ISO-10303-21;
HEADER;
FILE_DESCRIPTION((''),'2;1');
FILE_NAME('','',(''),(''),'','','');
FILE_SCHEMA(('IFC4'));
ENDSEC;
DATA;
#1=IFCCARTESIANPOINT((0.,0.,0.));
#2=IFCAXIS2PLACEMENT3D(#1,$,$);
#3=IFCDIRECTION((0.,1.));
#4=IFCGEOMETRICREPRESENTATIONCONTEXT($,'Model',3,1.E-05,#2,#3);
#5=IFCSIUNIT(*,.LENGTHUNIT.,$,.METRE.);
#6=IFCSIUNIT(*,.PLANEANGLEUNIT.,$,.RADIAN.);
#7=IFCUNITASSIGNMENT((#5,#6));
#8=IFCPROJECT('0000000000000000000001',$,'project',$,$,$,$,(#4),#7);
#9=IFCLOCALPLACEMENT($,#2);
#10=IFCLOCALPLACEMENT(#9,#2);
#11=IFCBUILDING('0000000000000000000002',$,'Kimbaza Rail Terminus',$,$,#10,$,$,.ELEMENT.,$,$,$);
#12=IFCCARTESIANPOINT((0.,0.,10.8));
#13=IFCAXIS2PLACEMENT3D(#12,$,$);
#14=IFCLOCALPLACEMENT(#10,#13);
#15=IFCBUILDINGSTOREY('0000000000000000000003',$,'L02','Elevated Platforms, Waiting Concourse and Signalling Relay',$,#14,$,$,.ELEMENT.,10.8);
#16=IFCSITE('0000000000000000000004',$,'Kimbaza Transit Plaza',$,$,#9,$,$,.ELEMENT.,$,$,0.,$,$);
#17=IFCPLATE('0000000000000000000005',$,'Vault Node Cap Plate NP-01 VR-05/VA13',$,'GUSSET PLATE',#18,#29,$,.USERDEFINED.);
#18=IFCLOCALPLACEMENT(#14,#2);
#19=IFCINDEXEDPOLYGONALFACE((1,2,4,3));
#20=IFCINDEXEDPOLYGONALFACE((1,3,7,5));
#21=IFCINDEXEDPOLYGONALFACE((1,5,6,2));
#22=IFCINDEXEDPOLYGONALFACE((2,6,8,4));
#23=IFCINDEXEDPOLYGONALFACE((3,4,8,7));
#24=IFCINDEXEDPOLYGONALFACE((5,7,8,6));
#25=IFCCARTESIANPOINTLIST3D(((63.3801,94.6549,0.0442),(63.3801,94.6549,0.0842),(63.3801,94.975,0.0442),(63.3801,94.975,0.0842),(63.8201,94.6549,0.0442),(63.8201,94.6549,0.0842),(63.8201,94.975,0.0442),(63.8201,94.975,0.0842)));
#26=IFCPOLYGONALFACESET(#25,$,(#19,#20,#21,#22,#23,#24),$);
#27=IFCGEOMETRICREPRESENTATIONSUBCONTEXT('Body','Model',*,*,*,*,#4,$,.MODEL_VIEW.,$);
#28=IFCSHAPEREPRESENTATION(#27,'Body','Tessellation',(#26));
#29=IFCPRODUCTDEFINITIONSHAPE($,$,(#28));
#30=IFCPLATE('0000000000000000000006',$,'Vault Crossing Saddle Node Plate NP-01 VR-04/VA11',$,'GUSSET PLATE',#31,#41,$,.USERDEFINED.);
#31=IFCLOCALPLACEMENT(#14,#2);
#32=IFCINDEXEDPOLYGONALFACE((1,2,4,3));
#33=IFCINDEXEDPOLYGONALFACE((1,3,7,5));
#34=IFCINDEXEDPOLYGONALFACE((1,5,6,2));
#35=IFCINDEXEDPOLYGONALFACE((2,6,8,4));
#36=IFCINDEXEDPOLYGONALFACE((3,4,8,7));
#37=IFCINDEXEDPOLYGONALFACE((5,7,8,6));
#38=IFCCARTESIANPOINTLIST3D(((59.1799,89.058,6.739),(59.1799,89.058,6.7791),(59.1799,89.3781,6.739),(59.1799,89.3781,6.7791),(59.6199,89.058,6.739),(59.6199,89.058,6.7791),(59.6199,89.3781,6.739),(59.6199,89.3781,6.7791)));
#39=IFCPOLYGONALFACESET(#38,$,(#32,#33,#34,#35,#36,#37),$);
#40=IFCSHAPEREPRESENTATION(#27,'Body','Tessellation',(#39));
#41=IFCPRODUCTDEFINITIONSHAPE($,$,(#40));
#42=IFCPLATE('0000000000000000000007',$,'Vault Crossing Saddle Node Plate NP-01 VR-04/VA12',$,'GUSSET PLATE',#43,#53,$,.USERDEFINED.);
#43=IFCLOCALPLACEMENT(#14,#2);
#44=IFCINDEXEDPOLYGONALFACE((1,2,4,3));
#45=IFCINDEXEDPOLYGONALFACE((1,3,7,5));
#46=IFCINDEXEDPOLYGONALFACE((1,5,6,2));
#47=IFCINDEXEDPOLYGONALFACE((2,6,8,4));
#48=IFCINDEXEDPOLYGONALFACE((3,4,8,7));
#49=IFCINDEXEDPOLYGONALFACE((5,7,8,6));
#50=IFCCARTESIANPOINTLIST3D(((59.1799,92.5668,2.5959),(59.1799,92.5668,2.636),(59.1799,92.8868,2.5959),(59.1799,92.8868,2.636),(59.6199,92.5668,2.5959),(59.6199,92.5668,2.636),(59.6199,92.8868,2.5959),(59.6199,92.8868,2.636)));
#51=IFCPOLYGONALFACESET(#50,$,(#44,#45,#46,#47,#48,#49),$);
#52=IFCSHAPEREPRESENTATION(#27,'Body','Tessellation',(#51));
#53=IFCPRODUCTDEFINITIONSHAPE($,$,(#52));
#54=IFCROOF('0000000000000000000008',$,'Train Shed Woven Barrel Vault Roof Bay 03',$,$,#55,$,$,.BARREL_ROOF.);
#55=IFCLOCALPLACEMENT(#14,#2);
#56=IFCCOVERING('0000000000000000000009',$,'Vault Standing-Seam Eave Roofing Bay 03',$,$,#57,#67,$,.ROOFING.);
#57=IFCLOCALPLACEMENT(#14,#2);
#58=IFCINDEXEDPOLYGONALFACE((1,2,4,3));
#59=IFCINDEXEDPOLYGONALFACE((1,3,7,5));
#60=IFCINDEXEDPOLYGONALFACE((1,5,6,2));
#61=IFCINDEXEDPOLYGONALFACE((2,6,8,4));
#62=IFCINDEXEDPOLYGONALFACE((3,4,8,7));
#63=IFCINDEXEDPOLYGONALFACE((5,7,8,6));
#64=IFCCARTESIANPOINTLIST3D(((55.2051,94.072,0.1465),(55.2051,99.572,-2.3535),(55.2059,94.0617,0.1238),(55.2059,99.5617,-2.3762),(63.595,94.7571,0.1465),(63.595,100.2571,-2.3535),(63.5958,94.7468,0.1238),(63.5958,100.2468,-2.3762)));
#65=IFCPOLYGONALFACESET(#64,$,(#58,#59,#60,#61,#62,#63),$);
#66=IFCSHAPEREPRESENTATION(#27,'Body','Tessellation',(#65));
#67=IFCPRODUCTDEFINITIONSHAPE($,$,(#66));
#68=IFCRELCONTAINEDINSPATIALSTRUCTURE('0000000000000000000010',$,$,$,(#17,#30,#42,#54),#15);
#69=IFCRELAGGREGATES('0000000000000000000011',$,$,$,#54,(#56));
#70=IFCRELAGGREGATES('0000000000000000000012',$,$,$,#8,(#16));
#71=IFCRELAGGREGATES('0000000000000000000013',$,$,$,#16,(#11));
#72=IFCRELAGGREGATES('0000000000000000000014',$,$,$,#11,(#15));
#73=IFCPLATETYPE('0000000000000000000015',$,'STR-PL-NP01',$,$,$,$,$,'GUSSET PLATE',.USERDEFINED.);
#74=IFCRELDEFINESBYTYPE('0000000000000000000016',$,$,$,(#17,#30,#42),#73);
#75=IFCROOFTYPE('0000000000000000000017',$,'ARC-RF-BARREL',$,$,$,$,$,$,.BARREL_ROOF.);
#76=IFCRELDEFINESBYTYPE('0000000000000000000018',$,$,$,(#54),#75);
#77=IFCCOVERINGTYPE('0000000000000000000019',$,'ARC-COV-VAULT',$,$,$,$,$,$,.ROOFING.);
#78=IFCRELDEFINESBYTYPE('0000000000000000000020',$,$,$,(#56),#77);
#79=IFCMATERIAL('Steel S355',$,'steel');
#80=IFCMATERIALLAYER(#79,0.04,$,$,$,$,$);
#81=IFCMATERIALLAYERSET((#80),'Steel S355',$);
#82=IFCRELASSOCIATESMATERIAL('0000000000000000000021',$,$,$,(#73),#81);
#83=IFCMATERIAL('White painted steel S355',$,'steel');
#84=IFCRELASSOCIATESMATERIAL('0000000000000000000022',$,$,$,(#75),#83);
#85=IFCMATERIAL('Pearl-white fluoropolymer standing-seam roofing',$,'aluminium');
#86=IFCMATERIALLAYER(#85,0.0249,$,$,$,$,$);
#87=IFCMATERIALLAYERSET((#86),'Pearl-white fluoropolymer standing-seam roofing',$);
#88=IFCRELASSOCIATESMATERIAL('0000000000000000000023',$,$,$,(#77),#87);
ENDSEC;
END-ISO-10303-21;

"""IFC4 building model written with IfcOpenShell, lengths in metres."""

from ifc_helpers import new_model, si_unit, direction, frame, origin, origin_2d, place, context, subcontext, project, spatial, polyline, rectangle, outline, extrude, material, layer, layer_set, type_object, element, aggregate, save


model = new_model("IFC4")

# Units and contexts
model_context = context("Model", 3, precision=1e-05, world=origin(), true_north=direction((0.0, 1.0)))
body_context = subcontext(model_context, "Body", "Model", "MODEL_VIEW")
ifc_project = project(units=[si_unit("LENGTHUNIT", "METRE"), si_unit("PLANEANGLEUNIT", "RADIAN")], contexts=[model_context])

# Site, building, storey
site_placement = place(None, origin())
site = spatial("IfcSite", under=ifc_project, at=site_placement, Name="Kimbaza Transit Plaza", CompositionType="ELEMENT", RefElevation=0.0)
building_placement = place(site_placement, origin())
building = spatial("IfcBuilding", under=site, at=building_placement, Name="Kimbaza Rail Terminus", CompositionType="ELEMENT")
storey_placement = place(building_placement, frame((0.0, 0.0, 10.8)))
storey = spatial("IfcBuildingStorey", under=building, at=storey_placement, Name="L02", Description="Elevated Platforms, Waiting Concourse and Signalling Relay", CompositionType="ELEMENT", Elevation=10.8)

# Plates
ifc_material_1 = material(Name="Steel S355", Category="steel")
ifc_layer_1 = layer(ifc_material_1, 0.04)
ifc_layer_set_1 = layer_set([ifc_layer_1], Name="Steel S355")
plate_type_1 = type_object("IfcPlateType", Name="STR-PL-NP01", ElementType="GUSSET PLATE", PredefinedType="USERDEFINED", material=ifc_layer_set_1)
for number, where, z_axis, x_axis, name in (
    (1, (63.6001, 94.8149, 0.0442), (0.0, 0.0, 1.0), (1.0, 0.0, 0.0), "Vault Node Cap Plate NP-01 VR-05/VA13"),
    (2, (59.3999, 89.218, 6.739), (0.0, 0.0, 1.0), (1.0, 0.0, 0.0), "Vault Crossing Saddle Node Plate NP-01 VR-04/VA11"),
    (3, (59.3999, 92.7268, 2.5959), (0.0, 0.0, 1.0), (1.0, 0.0, 0.0), "Vault Crossing Saddle Node Plate NP-01 VR-04/VA12"),
):
    element("IfcPlate", number, at=place(storey_placement, frame(where, z_axis=z_axis, x_axis=x_axis)), inside=storey, type_object=plate_type_1, Name=name, ObjectType="GUSSET PLATE", PredefinedType="USERDEFINED", context=body_context, shape_type="SweptSolid", body=[
        extrude(rectangle(XDim=0.4399, YDim=0.3201, at=origin_2d()), origin(), (0.0, 0.0, 1.0), 0.04),
    ])

# Roof, covering
ifc_material_2 = material(Name="White painted steel S355", Category="steel")
roof_type = type_object("IfcRoofType", Name="ARC-RF-BARREL", PredefinedType="BARREL_ROOF", material=ifc_material_2)
roof_placement = place(storey_placement, origin())
roof = element("IfcRoof", 4, at=roof_placement, inside=storey, type_object=roof_type, Name="Train Shed Woven Barrel Vault Roof Bay 03", PredefinedType="BARREL_ROOF")
ifc_material_3 = material(Name="Pearl-white fluoropolymer standing-seam roofing", Category="aluminium")
ifc_layer_2 = layer(ifc_material_3, 0.0249)
ifc_layer_set_2 = layer_set([ifc_layer_2], Name="Pearl-white fluoropolymer standing-seam roofing")
covering_type = type_object("IfcCoveringType", Name="ARC-COV-VAULT", PredefinedType="ROOFING", material=ifc_layer_set_2)
covering_placement = place(storey_placement, frame((55.2051, 94.072, 0.1465), z_axis=(-0.033769, 0.413567, 0.909847), x_axis=(0.996683, 0.081382, 0.0)))
covering = element("IfcCovering", 5, at=covering_placement, type_object=covering_type, Name="Vault Standing-Seam Eave Roofing Bay 03", PredefinedType="ROOFING", context=body_context, shape_type="SweptSolid", body=[
    extrude(outline(polyline([(0.0, 0.0), (8.4178, 0.0), (8.8654, 6.0249), (0.4476, 6.0249), (0.0, 0.0)])), origin(), (0.0, 0.0, -1.0), 0.0249),
])
aggregate(roof, [covering])

save(model, "model.ifc")
